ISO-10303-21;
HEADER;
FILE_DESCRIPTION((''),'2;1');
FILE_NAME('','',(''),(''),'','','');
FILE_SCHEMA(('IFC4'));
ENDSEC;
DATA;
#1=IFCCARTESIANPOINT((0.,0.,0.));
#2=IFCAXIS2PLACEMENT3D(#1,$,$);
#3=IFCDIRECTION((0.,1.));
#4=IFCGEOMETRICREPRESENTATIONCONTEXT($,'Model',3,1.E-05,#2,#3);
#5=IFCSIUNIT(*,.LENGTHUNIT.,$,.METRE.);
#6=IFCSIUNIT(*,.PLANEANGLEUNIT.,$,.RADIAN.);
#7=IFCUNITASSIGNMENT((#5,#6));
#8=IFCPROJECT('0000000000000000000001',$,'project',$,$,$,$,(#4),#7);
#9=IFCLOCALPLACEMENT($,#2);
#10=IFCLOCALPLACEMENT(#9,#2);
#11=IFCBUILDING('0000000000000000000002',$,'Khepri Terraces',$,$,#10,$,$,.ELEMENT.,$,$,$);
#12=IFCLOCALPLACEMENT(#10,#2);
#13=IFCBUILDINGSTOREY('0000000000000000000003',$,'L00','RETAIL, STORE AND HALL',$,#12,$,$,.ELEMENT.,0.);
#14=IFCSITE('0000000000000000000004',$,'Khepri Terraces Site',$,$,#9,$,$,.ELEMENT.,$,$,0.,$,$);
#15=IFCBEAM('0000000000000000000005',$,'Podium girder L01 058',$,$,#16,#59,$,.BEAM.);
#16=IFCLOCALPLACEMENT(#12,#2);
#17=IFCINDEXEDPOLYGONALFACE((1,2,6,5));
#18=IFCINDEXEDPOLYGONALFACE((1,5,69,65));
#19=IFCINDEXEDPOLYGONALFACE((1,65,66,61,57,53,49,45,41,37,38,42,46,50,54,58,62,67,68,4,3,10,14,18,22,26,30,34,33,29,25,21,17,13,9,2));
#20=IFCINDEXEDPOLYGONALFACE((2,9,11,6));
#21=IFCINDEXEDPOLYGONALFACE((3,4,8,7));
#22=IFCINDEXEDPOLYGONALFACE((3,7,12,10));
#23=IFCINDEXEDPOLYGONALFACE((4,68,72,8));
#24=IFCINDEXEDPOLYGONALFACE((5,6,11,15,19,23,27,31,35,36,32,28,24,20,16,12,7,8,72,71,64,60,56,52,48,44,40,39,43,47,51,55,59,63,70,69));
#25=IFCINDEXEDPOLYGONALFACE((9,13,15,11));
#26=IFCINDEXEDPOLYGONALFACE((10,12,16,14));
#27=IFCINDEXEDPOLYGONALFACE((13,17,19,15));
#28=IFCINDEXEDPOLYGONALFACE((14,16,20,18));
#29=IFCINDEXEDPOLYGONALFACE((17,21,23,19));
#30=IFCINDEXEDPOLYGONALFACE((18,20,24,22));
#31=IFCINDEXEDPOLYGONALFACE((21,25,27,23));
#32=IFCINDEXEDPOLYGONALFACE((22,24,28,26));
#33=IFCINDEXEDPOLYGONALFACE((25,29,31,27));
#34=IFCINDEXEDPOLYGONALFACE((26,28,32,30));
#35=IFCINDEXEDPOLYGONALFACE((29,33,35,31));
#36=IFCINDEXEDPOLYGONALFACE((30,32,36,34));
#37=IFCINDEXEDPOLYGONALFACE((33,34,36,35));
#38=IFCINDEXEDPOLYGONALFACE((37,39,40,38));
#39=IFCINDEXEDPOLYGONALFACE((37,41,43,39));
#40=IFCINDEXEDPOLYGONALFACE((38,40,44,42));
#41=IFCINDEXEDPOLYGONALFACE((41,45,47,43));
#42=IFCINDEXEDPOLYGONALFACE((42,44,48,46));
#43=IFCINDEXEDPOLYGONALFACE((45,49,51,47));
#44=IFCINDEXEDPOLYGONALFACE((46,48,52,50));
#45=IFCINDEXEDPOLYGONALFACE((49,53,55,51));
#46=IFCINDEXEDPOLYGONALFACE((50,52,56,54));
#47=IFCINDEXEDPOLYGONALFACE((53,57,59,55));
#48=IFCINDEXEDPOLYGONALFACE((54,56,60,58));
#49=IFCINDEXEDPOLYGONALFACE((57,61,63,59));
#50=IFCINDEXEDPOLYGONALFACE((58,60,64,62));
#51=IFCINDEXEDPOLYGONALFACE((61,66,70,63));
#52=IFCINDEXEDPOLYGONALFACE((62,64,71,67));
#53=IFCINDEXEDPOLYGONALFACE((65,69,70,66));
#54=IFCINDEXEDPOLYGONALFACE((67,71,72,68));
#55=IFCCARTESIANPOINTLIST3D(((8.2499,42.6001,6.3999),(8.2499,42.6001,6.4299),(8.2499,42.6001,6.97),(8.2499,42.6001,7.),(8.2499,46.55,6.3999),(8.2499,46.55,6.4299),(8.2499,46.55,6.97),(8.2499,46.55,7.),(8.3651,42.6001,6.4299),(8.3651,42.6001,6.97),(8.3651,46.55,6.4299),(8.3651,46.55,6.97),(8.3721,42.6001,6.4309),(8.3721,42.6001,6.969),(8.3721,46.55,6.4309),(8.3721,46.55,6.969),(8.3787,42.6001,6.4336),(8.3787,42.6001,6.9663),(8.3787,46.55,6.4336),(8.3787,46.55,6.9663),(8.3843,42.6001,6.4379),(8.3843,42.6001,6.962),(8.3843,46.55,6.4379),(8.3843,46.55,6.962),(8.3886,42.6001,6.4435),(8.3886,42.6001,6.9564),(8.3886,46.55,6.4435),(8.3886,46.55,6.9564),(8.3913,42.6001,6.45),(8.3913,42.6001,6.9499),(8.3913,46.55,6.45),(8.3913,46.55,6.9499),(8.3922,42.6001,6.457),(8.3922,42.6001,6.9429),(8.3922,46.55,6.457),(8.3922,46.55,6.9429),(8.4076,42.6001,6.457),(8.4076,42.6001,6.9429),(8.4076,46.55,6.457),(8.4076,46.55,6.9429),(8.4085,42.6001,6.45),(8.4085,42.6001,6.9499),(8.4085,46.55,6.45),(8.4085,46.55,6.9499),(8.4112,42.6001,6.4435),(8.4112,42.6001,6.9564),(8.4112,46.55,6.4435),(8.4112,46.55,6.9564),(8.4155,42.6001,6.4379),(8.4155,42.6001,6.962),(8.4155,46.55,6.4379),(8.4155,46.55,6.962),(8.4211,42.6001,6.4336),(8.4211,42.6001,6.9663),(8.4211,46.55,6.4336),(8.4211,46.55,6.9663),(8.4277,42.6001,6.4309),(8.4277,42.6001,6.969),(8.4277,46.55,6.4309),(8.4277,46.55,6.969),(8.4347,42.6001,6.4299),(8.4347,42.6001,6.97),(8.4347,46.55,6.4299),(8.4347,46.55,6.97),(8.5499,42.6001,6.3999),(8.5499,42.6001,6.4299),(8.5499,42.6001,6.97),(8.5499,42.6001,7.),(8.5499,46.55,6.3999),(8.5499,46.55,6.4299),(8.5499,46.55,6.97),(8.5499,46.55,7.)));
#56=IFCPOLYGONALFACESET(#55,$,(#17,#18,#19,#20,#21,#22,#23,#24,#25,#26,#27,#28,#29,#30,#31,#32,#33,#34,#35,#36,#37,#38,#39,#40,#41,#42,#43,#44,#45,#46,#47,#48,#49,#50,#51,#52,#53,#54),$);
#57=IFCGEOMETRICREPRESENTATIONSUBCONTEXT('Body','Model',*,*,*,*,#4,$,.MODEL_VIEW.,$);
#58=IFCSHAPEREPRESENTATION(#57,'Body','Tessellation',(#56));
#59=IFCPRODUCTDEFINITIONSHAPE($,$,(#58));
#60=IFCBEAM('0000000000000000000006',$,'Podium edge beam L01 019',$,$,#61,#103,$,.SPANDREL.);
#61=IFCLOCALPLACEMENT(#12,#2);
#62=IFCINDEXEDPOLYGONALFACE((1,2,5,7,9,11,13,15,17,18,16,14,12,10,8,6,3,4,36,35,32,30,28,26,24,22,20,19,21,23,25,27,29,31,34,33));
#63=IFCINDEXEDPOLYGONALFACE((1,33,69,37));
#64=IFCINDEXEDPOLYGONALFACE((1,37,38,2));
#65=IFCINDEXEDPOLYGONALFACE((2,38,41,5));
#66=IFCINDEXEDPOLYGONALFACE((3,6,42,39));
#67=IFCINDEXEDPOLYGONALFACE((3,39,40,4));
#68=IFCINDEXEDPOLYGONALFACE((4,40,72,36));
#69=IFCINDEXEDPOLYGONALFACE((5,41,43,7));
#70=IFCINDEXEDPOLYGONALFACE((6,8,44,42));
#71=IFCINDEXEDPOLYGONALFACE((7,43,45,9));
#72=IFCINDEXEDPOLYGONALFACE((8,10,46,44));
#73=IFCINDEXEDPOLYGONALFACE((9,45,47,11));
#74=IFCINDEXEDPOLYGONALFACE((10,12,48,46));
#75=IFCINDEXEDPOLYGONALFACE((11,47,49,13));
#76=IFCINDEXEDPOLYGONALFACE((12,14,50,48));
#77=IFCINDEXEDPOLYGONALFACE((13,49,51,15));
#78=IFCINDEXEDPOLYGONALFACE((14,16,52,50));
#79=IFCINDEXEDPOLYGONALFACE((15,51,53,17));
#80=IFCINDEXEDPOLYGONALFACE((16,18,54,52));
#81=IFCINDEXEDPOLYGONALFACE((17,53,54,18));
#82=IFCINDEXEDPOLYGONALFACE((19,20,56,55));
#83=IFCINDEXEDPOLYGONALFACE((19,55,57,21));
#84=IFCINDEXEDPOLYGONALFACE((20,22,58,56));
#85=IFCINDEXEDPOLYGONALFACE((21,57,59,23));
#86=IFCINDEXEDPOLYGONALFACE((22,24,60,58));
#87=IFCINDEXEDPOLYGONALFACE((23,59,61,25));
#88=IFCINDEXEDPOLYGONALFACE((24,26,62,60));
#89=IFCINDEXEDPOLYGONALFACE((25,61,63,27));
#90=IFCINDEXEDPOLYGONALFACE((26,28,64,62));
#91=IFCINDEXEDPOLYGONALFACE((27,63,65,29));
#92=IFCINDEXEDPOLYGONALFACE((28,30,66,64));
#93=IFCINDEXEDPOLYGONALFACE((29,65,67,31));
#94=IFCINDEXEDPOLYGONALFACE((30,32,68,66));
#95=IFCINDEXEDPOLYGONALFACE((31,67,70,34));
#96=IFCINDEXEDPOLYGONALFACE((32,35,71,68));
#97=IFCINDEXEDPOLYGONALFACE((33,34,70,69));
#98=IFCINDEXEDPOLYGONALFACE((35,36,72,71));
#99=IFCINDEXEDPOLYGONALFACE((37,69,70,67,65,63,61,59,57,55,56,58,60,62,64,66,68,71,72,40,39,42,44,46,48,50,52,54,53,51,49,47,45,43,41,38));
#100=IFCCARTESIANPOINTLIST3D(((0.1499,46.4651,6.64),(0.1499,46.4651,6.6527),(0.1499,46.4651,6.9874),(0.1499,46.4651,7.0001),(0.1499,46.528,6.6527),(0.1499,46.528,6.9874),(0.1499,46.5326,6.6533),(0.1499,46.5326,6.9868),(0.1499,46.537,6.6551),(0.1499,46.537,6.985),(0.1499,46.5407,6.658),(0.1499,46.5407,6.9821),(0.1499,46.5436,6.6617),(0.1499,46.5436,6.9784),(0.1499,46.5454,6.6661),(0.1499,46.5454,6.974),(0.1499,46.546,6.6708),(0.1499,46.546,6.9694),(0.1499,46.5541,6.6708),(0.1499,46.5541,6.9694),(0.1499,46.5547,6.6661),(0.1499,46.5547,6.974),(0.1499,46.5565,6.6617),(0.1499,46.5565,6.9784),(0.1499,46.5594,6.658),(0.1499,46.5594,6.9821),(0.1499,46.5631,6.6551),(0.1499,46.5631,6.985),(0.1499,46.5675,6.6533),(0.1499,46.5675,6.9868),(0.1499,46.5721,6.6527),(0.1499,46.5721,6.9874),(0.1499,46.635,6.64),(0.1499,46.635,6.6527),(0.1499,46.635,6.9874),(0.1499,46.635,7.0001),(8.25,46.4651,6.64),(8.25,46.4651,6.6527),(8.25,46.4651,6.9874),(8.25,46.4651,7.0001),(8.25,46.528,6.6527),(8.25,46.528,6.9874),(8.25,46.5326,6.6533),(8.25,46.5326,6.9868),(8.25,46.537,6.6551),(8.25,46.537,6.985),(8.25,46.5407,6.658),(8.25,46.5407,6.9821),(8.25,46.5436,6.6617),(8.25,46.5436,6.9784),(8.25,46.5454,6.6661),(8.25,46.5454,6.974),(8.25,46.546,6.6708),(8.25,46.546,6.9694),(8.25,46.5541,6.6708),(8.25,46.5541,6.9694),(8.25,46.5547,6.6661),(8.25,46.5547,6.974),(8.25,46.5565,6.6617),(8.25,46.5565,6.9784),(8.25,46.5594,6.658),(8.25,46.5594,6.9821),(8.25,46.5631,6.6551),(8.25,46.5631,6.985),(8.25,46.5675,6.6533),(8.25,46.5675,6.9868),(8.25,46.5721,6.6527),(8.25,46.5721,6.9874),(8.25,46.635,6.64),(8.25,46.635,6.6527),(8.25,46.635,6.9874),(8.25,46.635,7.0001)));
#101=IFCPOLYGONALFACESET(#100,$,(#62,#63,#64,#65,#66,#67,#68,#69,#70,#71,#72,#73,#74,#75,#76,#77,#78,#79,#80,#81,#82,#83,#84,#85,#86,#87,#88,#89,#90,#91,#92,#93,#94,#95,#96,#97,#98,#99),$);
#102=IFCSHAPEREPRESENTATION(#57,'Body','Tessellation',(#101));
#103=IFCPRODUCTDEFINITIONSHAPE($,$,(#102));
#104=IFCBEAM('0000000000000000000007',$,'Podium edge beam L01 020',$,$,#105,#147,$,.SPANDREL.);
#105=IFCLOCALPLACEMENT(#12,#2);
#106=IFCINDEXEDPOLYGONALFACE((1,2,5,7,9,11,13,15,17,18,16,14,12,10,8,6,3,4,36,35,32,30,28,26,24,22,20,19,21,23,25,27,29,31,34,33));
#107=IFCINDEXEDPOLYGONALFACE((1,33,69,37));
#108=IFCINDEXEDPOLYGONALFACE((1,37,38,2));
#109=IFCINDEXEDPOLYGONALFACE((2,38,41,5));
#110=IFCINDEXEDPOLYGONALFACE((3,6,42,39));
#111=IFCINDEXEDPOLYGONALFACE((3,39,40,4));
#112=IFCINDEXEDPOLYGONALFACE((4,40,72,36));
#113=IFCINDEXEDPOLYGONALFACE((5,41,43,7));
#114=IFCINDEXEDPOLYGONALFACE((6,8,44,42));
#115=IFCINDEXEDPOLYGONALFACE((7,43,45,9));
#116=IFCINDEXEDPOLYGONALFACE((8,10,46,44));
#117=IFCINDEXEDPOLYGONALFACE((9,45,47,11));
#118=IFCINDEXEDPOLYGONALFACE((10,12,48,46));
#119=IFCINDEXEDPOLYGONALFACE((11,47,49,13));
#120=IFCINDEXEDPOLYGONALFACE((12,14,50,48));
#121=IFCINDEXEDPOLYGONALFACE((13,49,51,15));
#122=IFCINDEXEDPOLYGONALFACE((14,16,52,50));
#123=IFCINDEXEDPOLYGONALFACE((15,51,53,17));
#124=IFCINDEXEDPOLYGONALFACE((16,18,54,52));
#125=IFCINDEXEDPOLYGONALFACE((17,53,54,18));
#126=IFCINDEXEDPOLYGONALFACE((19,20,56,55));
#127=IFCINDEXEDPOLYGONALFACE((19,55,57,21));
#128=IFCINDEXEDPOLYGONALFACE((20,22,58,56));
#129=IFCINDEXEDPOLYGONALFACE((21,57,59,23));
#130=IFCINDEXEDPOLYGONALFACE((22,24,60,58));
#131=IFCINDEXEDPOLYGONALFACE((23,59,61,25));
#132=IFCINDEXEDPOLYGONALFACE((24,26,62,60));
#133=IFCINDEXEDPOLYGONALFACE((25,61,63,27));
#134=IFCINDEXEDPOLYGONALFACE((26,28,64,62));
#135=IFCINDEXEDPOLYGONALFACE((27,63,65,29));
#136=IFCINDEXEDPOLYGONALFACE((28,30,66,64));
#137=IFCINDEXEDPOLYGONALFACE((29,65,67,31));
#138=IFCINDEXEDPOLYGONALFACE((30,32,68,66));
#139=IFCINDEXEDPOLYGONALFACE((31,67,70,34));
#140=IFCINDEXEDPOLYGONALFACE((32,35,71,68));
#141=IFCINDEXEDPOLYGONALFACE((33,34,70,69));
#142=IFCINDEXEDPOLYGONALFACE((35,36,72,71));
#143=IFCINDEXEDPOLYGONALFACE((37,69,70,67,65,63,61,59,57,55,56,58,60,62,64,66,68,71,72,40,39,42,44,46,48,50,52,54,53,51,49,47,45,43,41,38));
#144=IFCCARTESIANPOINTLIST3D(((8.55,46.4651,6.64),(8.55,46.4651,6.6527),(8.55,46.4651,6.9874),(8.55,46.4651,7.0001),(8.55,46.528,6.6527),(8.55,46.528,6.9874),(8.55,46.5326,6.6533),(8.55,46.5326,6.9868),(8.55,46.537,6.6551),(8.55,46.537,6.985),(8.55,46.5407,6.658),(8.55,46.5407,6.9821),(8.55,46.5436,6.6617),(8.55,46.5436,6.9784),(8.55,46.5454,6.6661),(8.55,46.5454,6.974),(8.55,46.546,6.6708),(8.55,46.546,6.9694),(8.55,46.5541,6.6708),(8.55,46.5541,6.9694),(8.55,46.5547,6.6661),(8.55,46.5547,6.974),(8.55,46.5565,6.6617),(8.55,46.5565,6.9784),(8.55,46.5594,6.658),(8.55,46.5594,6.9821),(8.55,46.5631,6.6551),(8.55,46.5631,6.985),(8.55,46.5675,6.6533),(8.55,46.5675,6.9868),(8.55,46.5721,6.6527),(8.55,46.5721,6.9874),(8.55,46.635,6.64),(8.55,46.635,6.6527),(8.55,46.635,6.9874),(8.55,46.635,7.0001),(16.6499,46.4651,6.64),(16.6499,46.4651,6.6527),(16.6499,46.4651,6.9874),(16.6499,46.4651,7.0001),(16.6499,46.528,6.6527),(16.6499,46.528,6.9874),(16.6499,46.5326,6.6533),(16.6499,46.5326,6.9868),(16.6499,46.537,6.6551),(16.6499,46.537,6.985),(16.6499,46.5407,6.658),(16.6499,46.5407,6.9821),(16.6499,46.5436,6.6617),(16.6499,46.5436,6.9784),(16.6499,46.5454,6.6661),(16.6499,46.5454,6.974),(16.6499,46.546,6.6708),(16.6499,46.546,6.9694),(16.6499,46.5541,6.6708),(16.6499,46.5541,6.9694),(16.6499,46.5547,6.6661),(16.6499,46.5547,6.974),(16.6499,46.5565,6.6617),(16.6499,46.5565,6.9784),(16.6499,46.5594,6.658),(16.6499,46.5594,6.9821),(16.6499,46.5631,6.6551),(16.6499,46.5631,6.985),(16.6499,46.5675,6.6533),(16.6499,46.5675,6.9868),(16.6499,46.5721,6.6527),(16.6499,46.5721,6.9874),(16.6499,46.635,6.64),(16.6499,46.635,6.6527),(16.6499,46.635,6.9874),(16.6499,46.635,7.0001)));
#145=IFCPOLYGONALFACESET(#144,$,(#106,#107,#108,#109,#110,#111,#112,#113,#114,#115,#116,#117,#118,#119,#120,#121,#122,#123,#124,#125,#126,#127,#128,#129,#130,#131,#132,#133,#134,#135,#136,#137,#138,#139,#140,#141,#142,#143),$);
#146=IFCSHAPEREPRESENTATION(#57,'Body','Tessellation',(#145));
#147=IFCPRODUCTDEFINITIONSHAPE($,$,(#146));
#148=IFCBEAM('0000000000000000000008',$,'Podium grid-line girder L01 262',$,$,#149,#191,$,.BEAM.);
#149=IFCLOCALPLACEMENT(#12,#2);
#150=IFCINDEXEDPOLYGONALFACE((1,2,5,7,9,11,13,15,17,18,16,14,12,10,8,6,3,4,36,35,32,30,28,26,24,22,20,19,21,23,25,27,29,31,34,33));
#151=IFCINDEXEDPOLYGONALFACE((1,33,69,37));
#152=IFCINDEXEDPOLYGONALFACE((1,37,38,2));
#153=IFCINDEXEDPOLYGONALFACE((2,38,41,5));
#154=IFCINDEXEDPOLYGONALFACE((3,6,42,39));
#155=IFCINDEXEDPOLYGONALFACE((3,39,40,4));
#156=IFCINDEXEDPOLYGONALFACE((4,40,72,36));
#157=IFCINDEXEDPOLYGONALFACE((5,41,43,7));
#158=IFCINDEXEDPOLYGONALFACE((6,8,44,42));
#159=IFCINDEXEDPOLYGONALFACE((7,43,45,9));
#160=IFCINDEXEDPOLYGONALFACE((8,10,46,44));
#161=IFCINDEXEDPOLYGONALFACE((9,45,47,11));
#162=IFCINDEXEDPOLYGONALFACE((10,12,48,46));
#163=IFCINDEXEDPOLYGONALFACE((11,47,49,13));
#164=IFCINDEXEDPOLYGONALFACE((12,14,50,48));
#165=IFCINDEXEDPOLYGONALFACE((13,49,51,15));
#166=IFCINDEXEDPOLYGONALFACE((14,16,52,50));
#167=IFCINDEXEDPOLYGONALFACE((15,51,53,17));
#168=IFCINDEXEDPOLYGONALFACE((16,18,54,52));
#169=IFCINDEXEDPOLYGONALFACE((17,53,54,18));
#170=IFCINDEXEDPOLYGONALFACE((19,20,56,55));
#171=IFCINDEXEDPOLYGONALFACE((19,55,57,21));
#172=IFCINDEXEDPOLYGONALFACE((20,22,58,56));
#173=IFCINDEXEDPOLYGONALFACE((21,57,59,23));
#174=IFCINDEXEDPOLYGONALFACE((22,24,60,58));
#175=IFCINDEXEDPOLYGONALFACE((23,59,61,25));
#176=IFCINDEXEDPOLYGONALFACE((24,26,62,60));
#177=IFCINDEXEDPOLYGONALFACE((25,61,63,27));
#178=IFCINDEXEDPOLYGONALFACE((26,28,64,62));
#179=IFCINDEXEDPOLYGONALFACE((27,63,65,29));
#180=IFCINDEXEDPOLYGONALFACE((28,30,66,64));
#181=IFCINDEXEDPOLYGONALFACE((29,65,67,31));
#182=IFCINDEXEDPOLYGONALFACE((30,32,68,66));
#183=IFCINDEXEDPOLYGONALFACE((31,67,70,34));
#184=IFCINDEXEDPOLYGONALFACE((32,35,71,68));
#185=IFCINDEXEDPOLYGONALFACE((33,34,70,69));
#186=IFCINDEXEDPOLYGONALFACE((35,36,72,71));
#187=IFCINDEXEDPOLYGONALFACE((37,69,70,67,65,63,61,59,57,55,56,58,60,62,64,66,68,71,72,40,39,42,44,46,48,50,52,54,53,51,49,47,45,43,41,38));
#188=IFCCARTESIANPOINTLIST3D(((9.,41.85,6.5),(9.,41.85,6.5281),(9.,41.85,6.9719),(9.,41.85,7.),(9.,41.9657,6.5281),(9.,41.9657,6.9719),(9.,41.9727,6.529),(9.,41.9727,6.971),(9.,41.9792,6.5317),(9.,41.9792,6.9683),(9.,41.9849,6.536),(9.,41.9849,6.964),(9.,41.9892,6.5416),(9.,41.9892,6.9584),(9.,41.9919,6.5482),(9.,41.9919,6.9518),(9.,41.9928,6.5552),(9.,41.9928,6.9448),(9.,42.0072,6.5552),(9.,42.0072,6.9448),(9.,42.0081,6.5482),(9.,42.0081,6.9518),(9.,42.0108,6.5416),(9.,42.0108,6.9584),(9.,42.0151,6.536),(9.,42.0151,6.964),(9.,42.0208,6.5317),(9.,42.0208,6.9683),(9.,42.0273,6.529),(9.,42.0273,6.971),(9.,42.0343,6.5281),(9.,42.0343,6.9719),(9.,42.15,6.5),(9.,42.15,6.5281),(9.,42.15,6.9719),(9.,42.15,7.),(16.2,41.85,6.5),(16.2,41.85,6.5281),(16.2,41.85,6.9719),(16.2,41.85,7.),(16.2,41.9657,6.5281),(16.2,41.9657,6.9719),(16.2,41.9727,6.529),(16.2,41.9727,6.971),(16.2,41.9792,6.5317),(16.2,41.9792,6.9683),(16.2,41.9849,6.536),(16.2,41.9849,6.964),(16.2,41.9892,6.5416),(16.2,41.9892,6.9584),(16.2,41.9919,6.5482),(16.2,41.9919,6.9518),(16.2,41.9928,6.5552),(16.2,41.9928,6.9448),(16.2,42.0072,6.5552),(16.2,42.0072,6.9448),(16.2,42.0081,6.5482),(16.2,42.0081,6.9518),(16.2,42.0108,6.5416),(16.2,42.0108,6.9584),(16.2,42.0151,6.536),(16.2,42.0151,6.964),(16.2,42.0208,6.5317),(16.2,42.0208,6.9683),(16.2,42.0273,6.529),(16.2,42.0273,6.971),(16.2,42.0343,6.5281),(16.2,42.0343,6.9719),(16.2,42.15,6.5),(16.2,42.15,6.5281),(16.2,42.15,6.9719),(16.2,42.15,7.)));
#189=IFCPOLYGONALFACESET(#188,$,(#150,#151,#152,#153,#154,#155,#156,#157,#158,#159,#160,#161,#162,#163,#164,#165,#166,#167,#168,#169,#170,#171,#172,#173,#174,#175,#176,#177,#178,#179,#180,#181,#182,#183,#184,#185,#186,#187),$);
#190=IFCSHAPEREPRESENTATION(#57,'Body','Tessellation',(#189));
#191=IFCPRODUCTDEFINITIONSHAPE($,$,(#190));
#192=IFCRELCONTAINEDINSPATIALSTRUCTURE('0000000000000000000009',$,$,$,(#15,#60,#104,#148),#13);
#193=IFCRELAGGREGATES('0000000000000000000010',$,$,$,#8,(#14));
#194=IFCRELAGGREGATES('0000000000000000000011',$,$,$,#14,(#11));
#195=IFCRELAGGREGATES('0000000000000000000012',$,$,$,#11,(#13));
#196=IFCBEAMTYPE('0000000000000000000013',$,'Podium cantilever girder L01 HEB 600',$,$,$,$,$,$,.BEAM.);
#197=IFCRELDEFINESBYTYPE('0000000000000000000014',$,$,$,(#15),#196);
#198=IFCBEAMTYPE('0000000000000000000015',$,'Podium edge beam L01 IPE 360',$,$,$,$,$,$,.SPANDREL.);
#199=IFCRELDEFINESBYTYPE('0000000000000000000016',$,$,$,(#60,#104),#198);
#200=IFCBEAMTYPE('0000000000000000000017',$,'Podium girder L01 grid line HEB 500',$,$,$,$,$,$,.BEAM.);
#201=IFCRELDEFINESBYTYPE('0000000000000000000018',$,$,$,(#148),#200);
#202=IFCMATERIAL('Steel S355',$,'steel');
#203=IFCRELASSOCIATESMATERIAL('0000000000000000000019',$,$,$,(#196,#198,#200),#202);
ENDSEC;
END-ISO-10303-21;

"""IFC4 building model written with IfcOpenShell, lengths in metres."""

from ifc_helpers import new_model, si_unit, direction, frame, origin, origin_2d, place, context, subcontext, project, spatial, i_section, extrude, material, material_profile, profile_set, type_object, element, save


model = new_model("IFC4")

# Units and contexts
model_context = context("Model", 3, precision=1e-05, world=origin(), true_north=direction((0.0, 1.0)))
body_context = subcontext(model_context, "Body", "Model", "MODEL_VIEW")
ifc_project = project(units=[si_unit("LENGTHUNIT", "METRE"), si_unit("PLANEANGLEUNIT", "RADIAN")], contexts=[model_context])

# Site, building, storey
site_placement = place(None, origin())
site = spatial("IfcSite", under=ifc_project, at=site_placement, Name="Khepri Terraces Site", CompositionType="ELEMENT", RefElevation=0.0)
building_placement = place(site_placement, origin())
building = spatial("IfcBuilding", under=site, at=building_placement, Name="Khepri Terraces", CompositionType="ELEMENT")
storey_placement = place(building_placement, origin())
storey = spatial("IfcBuildingStorey", under=building, at=storey_placement, Name="L00", Description="RETAIL, STORE AND HALL", CompositionType="ELEMENT", Elevation=0.0)

# Beams
ifc_material_1 = material(Name="Steel S355", Category="steel")
ifc_material_profile_1 = material_profile(ifc_material_1, i_section(OverallWidth=0.3, OverallDepth=0.6001, WebThickness=0.0154, FlangeThickness=0.03, FilletRadius=0.0271, at=origin_2d()), Name="Steel S355", Category="steel")
ifc_profile_set_1 = profile_set([ifc_material_profile_1], Name="Steel S355")
beam_type_1 = type_object("IfcBeamType", Name="Podium cantilever girder L01 HEB 600", PredefinedType="BEAM", material=ifc_profile_set_1)
for number, where, z_axis, x_axis, name in (
    (1, (8.3999, 42.6001, 6.7), (0.0, 1.0, 0.0), (-1.0, 0.0, 0.0), "Podium girder L01 058"),
):
    element("IfcBeam", number, at=place(storey_placement, frame(where, z_axis=z_axis, x_axis=x_axis)), inside=storey, type_object=beam_type_1, Name=name, PredefinedType="BEAM", context=body_context, shape_type="SweptSolid", body=[
        extrude(i_section(OverallWidth=0.3, OverallDepth=0.6001, WebThickness=0.0154, FlangeThickness=0.03, FilletRadius=0.0271, at=origin_2d()), origin(), (0.0, 0.0, 1.0), 3.95),
    ])
ifc_material_profile_2 = material_profile(ifc_material_1, i_section(OverallWidth=0.1699, OverallDepth=0.3601, WebThickness=0.0081, FlangeThickness=0.0127, FilletRadius=0.0181, at=origin_2d()), Name="Steel S355", Category="steel")
ifc_profile_set_2 = profile_set([ifc_material_profile_2], Name="Steel S355")
beam_type_2 = type_object("IfcBeamType", Name="Podium edge beam L01 IPE 360", PredefinedType="SPANDREL", material=ifc_profile_set_2)
beam_1_placement = place(storey_placement, frame((0.1499, 46.55, 6.8201), z_axis=(1.0, 0.0, 0.0), x_axis=(0.0, 1.0, 0.0)))
element("IfcBeam", 2, at=beam_1_placement, inside=storey, type_object=beam_type_2, Name="Podium edge beam L01 019", PredefinedType="SPANDREL", context=body_context, shape_type="SweptSolid", body=[
    extrude(i_section(OverallWidth=0.1699, OverallDepth=0.3601, WebThickness=0.0081, FlangeThickness=0.0127, FilletRadius=0.0181, at=origin_2d()), origin(), (0.0, 0.0, 1.0), 8.1001),
])
beam_2_placement = place(storey_placement, frame((8.55, 46.55, 6.8201), z_axis=(1.0, 0.0, 0.0), x_axis=(0.0, 1.0, 0.0)))
element("IfcBeam", 3, at=beam_2_placement, inside=storey, type_object=beam_type_2, Name="Podium edge beam L01 020", PredefinedType="SPANDREL", context=body_context, shape_type="SweptSolid", body=[
    extrude(i_section(OverallWidth=0.1699, OverallDepth=0.3601, WebThickness=0.0081, FlangeThickness=0.0127, FilletRadius=0.0181, at=origin_2d()), origin(), (0.0, 0.0, 1.0), 8.0999),
])
ifc_material_profile_3 = material_profile(ifc_material_1, i_section(OverallWidth=0.3, OverallDepth=0.5, WebThickness=0.0144, FlangeThickness=0.0281, FilletRadius=0.0271, at=origin_2d()), Name="Steel S355", Category="steel")
ifc_profile_set_3 = profile_set([ifc_material_profile_3], Name="Steel S355")
beam_type_3 = type_object("IfcBeamType", Name="Podium girder L01 grid line HEB 500", PredefinedType="BEAM", material=ifc_profile_set_3)
beam_3_placement = place(storey_placement, frame((9.0, 42.0, 6.75), z_axis=(1.0, 0.0, 0.0), x_axis=(0.0, 1.0, 0.0)))
element("IfcBeam", 4, at=beam_3_placement, inside=storey, type_object=beam_type_3, Name="Podium grid-line girder L01 262", PredefinedType="BEAM", context=body_context, shape_type="SweptSolid", body=[
    extrude(i_section(OverallWidth=0.3, OverallDepth=0.5, WebThickness=0.0144, FlangeThickness=0.0281, FilletRadius=0.0271, at=origin_2d()), origin(), (0.0, 0.0, 1.0), 7.2),
])

save(model, "model.ifc")
